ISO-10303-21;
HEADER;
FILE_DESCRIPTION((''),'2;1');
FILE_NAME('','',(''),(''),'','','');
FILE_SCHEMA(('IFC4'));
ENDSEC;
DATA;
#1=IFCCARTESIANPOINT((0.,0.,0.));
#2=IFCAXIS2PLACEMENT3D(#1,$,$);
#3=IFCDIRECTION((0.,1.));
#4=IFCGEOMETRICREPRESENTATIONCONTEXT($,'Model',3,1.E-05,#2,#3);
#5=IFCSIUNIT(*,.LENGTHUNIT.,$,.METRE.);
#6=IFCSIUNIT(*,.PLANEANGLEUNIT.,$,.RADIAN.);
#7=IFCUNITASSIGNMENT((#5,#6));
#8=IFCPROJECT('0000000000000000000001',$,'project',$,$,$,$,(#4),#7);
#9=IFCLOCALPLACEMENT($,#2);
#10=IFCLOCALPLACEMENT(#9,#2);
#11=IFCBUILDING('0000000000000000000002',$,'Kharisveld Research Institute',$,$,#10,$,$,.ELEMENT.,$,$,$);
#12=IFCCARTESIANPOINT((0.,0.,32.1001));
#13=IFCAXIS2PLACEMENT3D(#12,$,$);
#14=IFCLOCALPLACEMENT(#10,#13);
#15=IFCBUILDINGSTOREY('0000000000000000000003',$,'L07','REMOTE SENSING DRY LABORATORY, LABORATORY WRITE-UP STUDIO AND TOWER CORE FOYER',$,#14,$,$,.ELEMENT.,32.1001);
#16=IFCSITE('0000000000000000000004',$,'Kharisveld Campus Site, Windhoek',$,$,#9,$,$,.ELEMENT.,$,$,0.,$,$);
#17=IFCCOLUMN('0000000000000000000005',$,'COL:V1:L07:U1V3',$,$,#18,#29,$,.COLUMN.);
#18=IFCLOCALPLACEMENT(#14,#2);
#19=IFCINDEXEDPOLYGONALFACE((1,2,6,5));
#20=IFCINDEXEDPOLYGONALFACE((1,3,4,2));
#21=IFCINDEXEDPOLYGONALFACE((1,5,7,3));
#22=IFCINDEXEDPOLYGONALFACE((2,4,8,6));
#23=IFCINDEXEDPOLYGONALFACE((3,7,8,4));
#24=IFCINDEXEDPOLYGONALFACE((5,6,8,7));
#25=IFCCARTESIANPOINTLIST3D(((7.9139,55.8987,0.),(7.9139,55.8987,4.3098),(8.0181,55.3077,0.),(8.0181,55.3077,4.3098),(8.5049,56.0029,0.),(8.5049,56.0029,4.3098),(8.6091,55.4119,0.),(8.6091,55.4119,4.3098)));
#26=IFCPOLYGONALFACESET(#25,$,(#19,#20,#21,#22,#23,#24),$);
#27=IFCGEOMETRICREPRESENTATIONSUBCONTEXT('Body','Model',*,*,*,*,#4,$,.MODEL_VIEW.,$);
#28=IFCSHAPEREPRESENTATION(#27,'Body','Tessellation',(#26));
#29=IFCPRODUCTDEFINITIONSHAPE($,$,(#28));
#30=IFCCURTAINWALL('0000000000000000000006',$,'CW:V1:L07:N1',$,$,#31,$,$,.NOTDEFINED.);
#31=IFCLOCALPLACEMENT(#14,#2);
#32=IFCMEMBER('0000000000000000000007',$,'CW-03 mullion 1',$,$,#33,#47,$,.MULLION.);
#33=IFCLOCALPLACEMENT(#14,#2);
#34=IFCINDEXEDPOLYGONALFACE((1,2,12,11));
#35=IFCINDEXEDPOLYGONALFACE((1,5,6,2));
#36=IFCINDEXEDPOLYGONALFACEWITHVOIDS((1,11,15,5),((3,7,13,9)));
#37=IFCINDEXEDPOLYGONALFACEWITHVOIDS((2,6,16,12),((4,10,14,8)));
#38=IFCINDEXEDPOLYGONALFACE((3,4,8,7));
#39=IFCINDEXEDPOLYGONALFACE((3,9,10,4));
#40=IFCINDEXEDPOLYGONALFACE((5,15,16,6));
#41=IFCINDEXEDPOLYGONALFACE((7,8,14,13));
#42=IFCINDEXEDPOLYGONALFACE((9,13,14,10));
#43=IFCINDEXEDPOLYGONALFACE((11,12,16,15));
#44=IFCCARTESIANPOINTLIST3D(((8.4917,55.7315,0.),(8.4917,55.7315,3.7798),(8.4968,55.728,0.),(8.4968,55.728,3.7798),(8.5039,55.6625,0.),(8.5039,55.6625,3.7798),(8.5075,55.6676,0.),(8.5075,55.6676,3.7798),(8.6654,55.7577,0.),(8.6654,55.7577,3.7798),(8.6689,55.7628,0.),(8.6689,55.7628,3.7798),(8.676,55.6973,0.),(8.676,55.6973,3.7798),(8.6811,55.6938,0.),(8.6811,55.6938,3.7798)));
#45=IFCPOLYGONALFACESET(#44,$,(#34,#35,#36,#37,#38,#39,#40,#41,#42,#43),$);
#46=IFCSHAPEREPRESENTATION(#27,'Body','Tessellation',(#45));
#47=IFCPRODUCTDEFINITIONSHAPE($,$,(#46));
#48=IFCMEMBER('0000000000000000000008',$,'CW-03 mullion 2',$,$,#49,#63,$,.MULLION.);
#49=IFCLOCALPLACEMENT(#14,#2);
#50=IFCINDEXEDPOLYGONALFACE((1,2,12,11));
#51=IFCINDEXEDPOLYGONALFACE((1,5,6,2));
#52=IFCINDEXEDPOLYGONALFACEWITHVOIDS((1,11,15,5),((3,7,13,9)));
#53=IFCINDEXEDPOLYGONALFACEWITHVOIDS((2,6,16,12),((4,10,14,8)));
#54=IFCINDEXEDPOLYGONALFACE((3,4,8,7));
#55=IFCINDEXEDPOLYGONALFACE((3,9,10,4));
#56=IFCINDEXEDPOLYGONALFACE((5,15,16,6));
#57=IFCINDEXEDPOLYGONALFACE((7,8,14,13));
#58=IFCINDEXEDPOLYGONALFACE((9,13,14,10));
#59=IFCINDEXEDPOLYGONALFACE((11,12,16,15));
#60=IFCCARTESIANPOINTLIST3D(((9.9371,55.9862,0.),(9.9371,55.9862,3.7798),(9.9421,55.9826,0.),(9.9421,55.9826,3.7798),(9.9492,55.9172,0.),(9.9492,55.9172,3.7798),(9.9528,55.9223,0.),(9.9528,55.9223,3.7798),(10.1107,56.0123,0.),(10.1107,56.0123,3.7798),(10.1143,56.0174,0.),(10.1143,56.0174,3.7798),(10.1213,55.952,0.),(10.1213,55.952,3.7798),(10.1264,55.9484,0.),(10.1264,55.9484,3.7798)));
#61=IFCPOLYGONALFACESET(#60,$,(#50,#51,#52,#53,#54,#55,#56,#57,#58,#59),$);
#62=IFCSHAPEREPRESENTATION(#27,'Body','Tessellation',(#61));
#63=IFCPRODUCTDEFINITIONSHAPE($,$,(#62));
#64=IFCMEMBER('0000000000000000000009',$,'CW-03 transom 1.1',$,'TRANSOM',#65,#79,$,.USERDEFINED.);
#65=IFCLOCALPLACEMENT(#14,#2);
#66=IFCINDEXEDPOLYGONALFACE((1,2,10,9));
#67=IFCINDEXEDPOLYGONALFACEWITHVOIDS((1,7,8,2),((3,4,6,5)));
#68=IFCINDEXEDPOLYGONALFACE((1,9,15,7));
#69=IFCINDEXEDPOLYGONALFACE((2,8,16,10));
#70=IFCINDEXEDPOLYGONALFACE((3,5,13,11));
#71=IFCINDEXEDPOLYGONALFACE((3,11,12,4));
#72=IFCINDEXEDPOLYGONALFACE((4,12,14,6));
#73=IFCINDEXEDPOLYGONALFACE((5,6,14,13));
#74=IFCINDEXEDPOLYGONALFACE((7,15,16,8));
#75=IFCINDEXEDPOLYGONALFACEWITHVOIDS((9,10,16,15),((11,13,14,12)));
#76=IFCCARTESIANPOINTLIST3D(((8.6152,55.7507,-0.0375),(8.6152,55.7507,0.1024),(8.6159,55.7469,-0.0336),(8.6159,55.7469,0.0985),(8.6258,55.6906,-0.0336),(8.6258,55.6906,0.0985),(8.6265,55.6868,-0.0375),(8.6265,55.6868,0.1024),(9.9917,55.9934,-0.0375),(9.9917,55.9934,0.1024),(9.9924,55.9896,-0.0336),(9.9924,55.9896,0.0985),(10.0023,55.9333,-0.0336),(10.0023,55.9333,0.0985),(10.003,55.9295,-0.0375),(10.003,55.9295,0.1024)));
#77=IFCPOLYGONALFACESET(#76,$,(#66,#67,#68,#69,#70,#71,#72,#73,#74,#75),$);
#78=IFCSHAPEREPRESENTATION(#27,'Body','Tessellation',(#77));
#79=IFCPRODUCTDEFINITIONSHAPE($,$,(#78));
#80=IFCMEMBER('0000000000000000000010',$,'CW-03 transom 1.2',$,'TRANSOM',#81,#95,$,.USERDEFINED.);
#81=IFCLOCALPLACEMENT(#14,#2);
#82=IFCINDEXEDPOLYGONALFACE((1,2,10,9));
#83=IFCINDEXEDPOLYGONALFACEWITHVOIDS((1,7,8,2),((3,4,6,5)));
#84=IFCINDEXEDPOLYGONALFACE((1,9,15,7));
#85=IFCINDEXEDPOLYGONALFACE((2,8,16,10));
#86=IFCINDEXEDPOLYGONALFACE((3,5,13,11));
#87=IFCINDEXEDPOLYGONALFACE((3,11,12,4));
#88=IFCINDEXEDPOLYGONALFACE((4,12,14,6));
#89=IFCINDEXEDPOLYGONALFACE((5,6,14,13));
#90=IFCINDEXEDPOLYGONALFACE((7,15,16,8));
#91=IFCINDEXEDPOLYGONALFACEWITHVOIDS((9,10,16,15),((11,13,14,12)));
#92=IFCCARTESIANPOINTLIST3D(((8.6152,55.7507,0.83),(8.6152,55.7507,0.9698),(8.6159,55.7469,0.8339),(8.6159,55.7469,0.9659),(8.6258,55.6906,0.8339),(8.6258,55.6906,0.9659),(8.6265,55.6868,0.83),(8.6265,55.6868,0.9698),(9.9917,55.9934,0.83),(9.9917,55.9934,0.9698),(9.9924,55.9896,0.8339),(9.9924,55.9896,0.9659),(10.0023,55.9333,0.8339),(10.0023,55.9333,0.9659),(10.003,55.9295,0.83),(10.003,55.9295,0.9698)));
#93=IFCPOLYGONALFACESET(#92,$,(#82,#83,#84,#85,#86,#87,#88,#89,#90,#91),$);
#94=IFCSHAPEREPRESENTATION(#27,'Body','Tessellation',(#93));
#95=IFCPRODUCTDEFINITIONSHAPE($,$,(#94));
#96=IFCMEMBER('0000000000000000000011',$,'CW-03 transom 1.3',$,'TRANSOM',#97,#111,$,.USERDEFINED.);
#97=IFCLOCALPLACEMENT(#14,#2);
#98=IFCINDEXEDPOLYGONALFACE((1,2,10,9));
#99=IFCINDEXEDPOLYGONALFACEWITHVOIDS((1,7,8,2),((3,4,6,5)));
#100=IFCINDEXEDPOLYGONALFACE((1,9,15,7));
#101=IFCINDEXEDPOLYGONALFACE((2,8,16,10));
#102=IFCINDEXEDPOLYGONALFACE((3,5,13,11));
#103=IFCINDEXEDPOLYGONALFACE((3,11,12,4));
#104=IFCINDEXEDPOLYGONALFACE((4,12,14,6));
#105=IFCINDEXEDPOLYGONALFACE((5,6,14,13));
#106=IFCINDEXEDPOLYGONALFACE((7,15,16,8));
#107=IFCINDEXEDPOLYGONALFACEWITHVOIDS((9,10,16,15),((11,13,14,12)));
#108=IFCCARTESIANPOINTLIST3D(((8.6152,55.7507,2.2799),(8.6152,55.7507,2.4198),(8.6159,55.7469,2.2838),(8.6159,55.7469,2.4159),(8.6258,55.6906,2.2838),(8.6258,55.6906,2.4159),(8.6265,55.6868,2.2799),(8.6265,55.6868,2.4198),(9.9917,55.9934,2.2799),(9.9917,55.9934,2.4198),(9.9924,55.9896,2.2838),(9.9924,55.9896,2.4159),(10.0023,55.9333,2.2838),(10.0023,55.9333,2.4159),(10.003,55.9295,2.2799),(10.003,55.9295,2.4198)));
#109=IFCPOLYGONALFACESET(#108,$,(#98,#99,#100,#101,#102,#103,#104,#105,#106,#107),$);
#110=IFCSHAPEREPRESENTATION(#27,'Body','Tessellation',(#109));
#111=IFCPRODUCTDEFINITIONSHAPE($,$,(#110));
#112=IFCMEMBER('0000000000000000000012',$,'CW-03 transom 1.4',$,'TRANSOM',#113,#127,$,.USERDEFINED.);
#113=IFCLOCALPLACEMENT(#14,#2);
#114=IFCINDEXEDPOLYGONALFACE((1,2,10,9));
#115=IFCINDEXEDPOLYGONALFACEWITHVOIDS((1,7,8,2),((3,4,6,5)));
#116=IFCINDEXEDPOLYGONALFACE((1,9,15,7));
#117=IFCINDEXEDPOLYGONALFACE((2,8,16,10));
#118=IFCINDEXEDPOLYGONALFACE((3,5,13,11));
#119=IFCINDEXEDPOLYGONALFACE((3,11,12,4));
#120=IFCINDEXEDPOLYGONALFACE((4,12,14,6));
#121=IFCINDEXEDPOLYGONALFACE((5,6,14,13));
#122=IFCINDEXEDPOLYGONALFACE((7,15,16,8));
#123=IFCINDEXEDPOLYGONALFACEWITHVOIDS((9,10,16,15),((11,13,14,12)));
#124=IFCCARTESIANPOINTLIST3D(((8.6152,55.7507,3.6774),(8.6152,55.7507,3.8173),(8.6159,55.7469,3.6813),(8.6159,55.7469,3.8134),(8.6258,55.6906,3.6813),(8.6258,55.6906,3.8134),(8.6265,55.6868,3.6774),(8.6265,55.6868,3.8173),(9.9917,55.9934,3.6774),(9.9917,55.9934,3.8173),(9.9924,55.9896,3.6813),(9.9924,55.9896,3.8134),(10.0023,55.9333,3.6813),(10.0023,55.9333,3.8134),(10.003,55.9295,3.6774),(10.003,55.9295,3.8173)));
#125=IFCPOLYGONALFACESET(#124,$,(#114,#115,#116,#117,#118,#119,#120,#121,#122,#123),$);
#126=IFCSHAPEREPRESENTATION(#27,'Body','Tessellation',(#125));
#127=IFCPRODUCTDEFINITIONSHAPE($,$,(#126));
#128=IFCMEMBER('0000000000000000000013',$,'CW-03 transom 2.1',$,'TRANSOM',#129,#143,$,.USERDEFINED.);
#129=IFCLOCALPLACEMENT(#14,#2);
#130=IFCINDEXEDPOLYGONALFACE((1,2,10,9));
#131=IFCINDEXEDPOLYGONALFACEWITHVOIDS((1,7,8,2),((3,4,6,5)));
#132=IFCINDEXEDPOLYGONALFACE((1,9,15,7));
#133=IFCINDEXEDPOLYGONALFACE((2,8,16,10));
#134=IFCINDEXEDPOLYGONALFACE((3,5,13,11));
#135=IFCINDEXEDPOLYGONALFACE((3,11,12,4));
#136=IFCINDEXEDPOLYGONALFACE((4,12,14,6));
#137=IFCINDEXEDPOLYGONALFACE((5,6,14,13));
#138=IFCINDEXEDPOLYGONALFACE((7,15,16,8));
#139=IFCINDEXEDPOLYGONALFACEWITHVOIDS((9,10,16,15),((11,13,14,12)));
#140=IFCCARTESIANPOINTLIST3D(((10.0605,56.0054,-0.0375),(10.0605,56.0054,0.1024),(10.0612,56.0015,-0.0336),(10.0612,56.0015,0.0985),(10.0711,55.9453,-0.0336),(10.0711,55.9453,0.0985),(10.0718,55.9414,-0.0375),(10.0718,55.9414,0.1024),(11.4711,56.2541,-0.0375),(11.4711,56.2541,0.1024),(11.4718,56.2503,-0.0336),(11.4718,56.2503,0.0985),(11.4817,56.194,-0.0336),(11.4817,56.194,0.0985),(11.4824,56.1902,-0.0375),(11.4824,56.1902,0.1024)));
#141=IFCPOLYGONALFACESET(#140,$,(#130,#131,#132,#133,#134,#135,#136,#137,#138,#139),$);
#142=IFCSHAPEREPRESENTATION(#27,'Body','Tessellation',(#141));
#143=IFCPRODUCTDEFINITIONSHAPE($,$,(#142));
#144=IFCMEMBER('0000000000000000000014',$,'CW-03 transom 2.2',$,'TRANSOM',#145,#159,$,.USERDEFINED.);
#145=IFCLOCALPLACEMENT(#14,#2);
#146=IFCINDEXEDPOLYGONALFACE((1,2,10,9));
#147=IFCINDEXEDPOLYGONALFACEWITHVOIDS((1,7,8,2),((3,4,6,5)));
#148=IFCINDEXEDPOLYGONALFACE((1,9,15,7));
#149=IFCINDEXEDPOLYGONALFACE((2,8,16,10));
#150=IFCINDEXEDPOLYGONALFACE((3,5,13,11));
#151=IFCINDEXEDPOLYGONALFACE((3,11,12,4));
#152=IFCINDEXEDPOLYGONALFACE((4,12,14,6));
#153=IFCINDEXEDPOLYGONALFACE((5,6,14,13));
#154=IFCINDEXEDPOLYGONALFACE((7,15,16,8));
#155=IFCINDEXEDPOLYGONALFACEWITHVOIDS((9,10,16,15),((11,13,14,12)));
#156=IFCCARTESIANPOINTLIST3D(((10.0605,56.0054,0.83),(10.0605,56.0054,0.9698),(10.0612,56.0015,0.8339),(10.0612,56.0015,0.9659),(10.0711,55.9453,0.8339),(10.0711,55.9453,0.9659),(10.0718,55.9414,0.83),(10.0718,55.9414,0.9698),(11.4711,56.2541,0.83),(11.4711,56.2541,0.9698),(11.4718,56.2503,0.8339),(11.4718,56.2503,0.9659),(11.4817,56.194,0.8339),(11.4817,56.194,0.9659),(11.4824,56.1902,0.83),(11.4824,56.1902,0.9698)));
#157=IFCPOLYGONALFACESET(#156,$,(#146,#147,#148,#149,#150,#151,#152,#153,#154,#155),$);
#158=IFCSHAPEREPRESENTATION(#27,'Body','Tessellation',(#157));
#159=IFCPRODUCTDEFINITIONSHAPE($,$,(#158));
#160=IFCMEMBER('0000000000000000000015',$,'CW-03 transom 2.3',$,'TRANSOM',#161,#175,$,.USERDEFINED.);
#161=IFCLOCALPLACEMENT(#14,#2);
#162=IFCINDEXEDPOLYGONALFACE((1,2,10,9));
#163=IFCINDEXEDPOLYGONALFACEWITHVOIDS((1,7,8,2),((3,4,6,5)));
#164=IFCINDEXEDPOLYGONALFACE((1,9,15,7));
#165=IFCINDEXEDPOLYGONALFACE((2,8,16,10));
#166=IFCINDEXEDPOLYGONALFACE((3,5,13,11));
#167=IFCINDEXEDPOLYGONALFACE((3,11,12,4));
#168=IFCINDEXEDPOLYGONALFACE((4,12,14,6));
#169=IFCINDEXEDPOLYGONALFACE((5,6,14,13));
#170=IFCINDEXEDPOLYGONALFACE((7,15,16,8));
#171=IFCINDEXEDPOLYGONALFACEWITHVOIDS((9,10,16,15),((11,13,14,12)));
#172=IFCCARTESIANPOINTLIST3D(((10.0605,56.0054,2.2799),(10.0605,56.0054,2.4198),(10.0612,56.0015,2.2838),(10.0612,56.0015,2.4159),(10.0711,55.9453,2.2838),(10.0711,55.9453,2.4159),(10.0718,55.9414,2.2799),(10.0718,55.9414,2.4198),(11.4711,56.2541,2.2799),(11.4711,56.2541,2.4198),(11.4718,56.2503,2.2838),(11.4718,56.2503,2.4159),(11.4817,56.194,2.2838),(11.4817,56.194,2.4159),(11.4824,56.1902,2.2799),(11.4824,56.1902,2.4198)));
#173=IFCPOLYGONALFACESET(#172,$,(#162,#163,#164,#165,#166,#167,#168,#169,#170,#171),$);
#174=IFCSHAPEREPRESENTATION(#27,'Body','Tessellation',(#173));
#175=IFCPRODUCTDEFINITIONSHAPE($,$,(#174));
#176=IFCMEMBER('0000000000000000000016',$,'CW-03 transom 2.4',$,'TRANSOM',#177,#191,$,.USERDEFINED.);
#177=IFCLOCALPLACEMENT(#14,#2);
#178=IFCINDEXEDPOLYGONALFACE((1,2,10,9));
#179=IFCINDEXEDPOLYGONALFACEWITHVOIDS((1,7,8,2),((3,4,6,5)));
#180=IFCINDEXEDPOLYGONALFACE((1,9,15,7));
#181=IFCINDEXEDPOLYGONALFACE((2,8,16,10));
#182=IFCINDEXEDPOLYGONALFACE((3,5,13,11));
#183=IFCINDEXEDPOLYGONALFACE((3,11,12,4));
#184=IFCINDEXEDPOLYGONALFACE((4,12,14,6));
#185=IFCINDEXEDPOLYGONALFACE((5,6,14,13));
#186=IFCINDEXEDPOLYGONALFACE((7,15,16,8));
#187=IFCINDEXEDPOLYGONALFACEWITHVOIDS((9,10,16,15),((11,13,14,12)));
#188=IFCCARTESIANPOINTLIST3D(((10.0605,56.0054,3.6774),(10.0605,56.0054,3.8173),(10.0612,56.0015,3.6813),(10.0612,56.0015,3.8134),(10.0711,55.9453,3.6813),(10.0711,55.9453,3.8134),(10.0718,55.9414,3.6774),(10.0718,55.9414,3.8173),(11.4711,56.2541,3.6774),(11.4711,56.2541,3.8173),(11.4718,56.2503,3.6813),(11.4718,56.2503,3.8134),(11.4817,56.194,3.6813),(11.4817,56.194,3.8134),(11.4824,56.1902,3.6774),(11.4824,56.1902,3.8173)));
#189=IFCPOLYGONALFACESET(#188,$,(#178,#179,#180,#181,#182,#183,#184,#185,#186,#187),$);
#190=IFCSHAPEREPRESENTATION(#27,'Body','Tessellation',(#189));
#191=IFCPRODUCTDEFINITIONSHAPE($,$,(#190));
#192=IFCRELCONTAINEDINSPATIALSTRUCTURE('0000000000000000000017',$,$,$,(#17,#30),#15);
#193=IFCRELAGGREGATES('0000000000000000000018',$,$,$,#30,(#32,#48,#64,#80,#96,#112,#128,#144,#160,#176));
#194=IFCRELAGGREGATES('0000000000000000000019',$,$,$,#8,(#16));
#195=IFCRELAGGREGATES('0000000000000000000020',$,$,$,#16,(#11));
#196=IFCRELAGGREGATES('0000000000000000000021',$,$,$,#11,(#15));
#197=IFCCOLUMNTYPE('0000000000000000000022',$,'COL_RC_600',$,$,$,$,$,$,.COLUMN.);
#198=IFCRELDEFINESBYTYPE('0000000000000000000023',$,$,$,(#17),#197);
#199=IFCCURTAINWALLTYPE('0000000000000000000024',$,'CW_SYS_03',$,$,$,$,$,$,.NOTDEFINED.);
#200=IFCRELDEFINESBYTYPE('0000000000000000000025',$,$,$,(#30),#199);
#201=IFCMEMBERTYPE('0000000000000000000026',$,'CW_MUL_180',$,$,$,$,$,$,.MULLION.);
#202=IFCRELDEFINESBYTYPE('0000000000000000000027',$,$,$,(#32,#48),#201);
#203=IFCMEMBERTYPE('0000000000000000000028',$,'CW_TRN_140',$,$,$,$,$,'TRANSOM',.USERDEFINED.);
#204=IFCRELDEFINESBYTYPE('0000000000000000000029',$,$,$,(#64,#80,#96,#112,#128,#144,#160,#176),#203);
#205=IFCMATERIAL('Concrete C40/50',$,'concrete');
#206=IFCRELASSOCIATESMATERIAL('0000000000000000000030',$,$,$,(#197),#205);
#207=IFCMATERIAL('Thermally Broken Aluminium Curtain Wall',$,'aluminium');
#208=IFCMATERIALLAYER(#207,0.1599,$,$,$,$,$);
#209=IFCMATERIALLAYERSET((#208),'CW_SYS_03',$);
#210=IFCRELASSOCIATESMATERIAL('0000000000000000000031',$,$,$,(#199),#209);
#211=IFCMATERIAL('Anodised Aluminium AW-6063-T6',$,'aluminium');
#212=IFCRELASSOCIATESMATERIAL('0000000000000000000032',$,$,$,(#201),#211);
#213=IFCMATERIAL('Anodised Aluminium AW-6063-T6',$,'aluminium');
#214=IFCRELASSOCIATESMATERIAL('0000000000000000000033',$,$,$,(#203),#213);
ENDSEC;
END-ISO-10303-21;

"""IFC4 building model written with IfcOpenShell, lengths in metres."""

from ifc_helpers import new_model, si_unit, direction, frame, origin, origin_2d, place, context, subcontext, project, spatial, rectangle, hollow_rectangle, extrude, material, layer, layer_set, material_profile, profile_set, type_object, element, aggregate, save


model = new_model("IFC4")

# Units and contexts
model_context = context("Model", 3, precision=1e-05, world=origin(), true_north=direction((0.0, 1.0)))
body_context = subcontext(model_context, "Body", "Model", "MODEL_VIEW")
ifc_project = project(units=[si_unit("LENGTHUNIT", "METRE"), si_unit("PLANEANGLEUNIT", "RADIAN")], contexts=[model_context])

# Site, building, storey
site_placement = place(None, origin())
site = spatial("IfcSite", under=ifc_project, at=site_placement, Name="Kharisveld Campus Site, Windhoek", CompositionType="ELEMENT", RefElevation=0.0)
building_placement = place(site_placement, origin())
building = spatial("IfcBuilding", under=site, at=building_placement, Name="Kharisveld Research Institute", CompositionType="ELEMENT")
storey_placement = place(building_placement, frame((0.0, 0.0, 32.1001)))
storey = spatial("IfcBuildingStorey", under=building, at=storey_placement, Name="L07", Description="REMOTE SENSING DRY LABORATORY, LABORATORY WRITE-UP STUDIO AND TOWER CORE FOYER", CompositionType="ELEMENT", Elevation=32.1001)

# Column
ifc_material_1 = material(Name="Concrete C40/50", Category="concrete")
ifc_material_profile_1 = material_profile(ifc_material_1, rectangle(XDim=0.6001, YDim=0.6001, at=origin_2d()))
ifc_profile_set_1 = profile_set([ifc_material_profile_1], Name="Concrete C40/50")
column_type = type_object("IfcColumnType", Name="COL_RC_600", PredefinedType="COLUMN", material=ifc_profile_set_1)
column_placement = place(storey_placement, frame((8.2615, 55.6553, 0.0), z_axis=(0.0, 0.0, 1.0), x_axis=(0.984808, 0.173648, 0.0)))
element("IfcColumn", 1, at=column_placement, inside=storey, type_object=column_type, Name="COL:V1:L07:U1V3", PredefinedType="COLUMN", context=body_context, shape_type="SweptSolid", body=[
    extrude(rectangle(XDim=0.6001, YDim=0.6001, at=origin_2d()), origin(), (0.0, 0.0, 1.0), 4.3098),
])

# Curtain wall, members
ifc_material_2 = material(Name="Thermally Broken Aluminium Curtain Wall", Category="aluminium")
ifc_layer_1 = layer(ifc_material_2, 0.1599)
ifc_layer_set_1 = layer_set([ifc_layer_1], Name="CW_SYS_03")
curtain_wall_type = type_object("IfcCurtainWallType", Name="CW_SYS_03", PredefinedType="NOTDEFINED", material=ifc_layer_set_1)
curtain_wall_placement = place(storey_placement, origin())
curtain_wall = element("IfcCurtainWall", 2, at=curtain_wall_placement, inside=storey, type_object=curtain_wall_type, Name="CW:V1:L07:N1", PredefinedType="NOTDEFINED")
ifc_material_3 = material(Name="Anodised Aluminium AW-6063-T6", Category="aluminium")
ifc_material_profile_2 = material_profile(ifc_material_3, hollow_rectangle(XDim=0.0701, YDim=0.1799, WallThickness=0.0044, at=origin_2d()))
ifc_profile_set_2 = profile_set([ifc_material_profile_2], Name="Anodised Aluminium AW-6063-T6")
member_type_1 = type_object("IfcMemberType", Name="CW_MUL_180", PredefinedType="MULLION", material=ifc_profile_set_2)
member_1_placement = place(storey_placement, frame((8.5864, 55.7126, 0.0), z_axis=(0.0, 0.0, 1.0), x_axis=(-0.173648, 0.984808, 0.0)))
member_1 = element("IfcMember", 3, at=member_1_placement, type_object=member_type_1, Name="CW-03 mullion 1", PredefinedType="MULLION", context=body_context, shape_type="SweptSolid", body=[
    extrude(hollow_rectangle(XDim=0.0701, YDim=0.1799, WallThickness=0.0044, at=origin_2d()), origin(), (0.0, 0.0, 1.0), 3.7798),
])
member_2_placement = place(storey_placement, frame((10.0317, 55.9673, 0.0), z_axis=(0.0, 0.0, 1.0), x_axis=(-0.173648, 0.984808, 0.0)))
member_2 = element("IfcMember", 4, at=member_2_placement, type_object=member_type_1, Name="CW-03 mullion 2", PredefinedType="MULLION", context=body_context, shape_type="SweptSolid", body=[
    extrude(hollow_rectangle(XDim=0.0701, YDim=0.1799, WallThickness=0.0044, at=origin_2d()), origin(), (0.0, 0.0, 1.0), 3.7798),
])
ifc_material_4 = material(Name="Anodised Aluminium AW-6063-T6", Category="aluminium")
ifc_material_profile_3 = material_profile(ifc_material_4, hollow_rectangle(XDim=0.0649, YDim=0.1399, WallThickness=0.0039, at=origin_2d()))
ifc_profile_set_3 = profile_set([ifc_material_profile_3], Name="Anodised Aluminium AW-6063-T6")
member_type_2 = type_object("IfcMemberType", Name="CW_TRN_140", ElementType="TRANSOM", PredefinedType="USERDEFINED", material=ifc_profile_set_3)
member_3_placement = place(storey_placement, frame((8.6208, 55.7188, 0.0325), z_axis=(0.984812, 0.173626, 0.0), x_axis=(-0.173626, 0.984812, 0.0)))
member_3 = element("IfcMember", 5, at=member_3_placement, type_object=member_type_2, Name="CW-03 transom 1.1", ObjectType="TRANSOM", PredefinedType="USERDEFINED", context=body_context, shape_type="SweptSolid", body=[
    extrude(hollow_rectangle(XDim=0.0649, YDim=0.1399, WallThickness=0.0039, at=origin_2d()), origin(), (0.0, 0.0, 1.0), 1.3977),
])
member_4_placement = place(storey_placement, frame((8.6208, 55.7188, 0.8999), z_axis=(0.984812, 0.173626, 0.0), x_axis=(-0.173626, 0.984812, 0.0)))
member_4 = element("IfcMember", 6, at=member_4_placement, type_object=member_type_2, Name="CW-03 transom 1.2", ObjectType="TRANSOM", PredefinedType="USERDEFINED", context=body_context, shape_type="SweptSolid", body=[
    extrude(hollow_rectangle(XDim=0.0649, YDim=0.1399, WallThickness=0.0039, at=origin_2d()), origin(), (0.0, 0.0, 1.0), 1.3977),
])
member_5_placement = place(storey_placement, frame((8.6208, 55.7188, 2.3499), z_axis=(0.984812, 0.173626, 0.0), x_axis=(-0.173626, 0.984812, 0.0)))
member_5 = element("IfcMember", 7, at=member_5_placement, type_object=member_type_2, Name="CW-03 transom 1.3", ObjectType="TRANSOM", PredefinedType="USERDEFINED", context=body_context, shape_type="SweptSolid", body=[
    extrude(hollow_rectangle(XDim=0.0649, YDim=0.1399, WallThickness=0.0039, at=origin_2d()), origin(), (0.0, 0.0, 1.0), 1.3977),
])
member_6_placement = place(storey_placement, frame((8.6208, 55.7188, 3.7473), z_axis=(0.984812, 0.173626, 0.0), x_axis=(-0.173626, 0.984812, 0.0)))
member_6 = element("IfcMember", 8, at=member_6_placement, type_object=member_type_2, Name="CW-03 transom 1.4", ObjectType="TRANSOM", PredefinedType="USERDEFINED", context=body_context, shape_type="SweptSolid", body=[
    extrude(hollow_rectangle(XDim=0.0649, YDim=0.1399, WallThickness=0.0039, at=origin_2d()), origin(), (0.0, 0.0, 1.0), 1.3977),
])
member_7_placement = place(storey_placement, frame((10.0662, 55.9734, 0.0325), z_axis=(0.984802, 0.173678, 0.0), x_axis=(-0.173678, 0.984802, 0.0)))
member_7 = element("IfcMember", 9, at=member_7_placement, type_object=member_type_2, Name="CW-03 transom 2.1", ObjectType="TRANSOM", PredefinedType="USERDEFINED", context=body_context, shape_type="SweptSolid", body=[
    extrude(hollow_rectangle(XDim=0.0649, YDim=0.1399, WallThickness=0.0039, at=origin_2d()), origin(), (0.0, 0.0, 1.0), 1.4324),
])
member_8_placement = place(storey_placement, frame((10.0662, 55.9734, 0.8999), z_axis=(0.984802, 0.173678, 0.0), x_axis=(-0.173678, 0.984802, 0.0)))
member_8 = element("IfcMember", 10, at=member_8_placement, type_object=member_type_2, Name="CW-03 transom 2.2", ObjectType="TRANSOM", PredefinedType="USERDEFINED", context=body_context, shape_type="SweptSolid", body=[
    extrude(hollow_rectangle(XDim=0.0649, YDim=0.1399, WallThickness=0.0039, at=origin_2d()), origin(), (0.0, 0.0, 1.0), 1.4324),
])
member_9_placement = place(storey_placement, frame((10.0662, 55.9734, 2.3499), z_axis=(0.984802, 0.173678, 0.0), x_axis=(-0.173678, 0.984802, 0.0)))
member_9 = element("IfcMember", 11, at=member_9_placement, type_object=member_type_2, Name="CW-03 transom 2.3", ObjectType="TRANSOM", PredefinedType="USERDEFINED", context=body_context, shape_type="SweptSolid", body=[
    extrude(hollow_rectangle(XDim=0.0649, YDim=0.1399, WallThickness=0.0039, at=origin_2d()), origin(), (0.0, 0.0, 1.0), 1.4324),
])
member_10_placement = place(storey_placement, frame((10.0662, 55.9734, 3.7473), z_axis=(0.984802, 0.173678, 0.0), x_axis=(-0.173678, 0.984802, 0.0)))
member_10 = element("IfcMember", 12, at=member_10_placement, type_object=member_type_2, Name="CW-03 transom 2.4", ObjectType="TRANSOM", PredefinedType="USERDEFINED", context=body_context, shape_type="SweptSolid", body=[
    extrude(hollow_rectangle(XDim=0.0649, YDim=0.1399, WallThickness=0.0039, at=origin_2d()), origin(), (0.0, 0.0, 1.0), 1.4324),
])

aggregate(curtain_wall, [member_1, member_2, member_3, member_4, member_5, member_6, member_7, member_8, member_9, member_10])

save(model, "model.ifc")
